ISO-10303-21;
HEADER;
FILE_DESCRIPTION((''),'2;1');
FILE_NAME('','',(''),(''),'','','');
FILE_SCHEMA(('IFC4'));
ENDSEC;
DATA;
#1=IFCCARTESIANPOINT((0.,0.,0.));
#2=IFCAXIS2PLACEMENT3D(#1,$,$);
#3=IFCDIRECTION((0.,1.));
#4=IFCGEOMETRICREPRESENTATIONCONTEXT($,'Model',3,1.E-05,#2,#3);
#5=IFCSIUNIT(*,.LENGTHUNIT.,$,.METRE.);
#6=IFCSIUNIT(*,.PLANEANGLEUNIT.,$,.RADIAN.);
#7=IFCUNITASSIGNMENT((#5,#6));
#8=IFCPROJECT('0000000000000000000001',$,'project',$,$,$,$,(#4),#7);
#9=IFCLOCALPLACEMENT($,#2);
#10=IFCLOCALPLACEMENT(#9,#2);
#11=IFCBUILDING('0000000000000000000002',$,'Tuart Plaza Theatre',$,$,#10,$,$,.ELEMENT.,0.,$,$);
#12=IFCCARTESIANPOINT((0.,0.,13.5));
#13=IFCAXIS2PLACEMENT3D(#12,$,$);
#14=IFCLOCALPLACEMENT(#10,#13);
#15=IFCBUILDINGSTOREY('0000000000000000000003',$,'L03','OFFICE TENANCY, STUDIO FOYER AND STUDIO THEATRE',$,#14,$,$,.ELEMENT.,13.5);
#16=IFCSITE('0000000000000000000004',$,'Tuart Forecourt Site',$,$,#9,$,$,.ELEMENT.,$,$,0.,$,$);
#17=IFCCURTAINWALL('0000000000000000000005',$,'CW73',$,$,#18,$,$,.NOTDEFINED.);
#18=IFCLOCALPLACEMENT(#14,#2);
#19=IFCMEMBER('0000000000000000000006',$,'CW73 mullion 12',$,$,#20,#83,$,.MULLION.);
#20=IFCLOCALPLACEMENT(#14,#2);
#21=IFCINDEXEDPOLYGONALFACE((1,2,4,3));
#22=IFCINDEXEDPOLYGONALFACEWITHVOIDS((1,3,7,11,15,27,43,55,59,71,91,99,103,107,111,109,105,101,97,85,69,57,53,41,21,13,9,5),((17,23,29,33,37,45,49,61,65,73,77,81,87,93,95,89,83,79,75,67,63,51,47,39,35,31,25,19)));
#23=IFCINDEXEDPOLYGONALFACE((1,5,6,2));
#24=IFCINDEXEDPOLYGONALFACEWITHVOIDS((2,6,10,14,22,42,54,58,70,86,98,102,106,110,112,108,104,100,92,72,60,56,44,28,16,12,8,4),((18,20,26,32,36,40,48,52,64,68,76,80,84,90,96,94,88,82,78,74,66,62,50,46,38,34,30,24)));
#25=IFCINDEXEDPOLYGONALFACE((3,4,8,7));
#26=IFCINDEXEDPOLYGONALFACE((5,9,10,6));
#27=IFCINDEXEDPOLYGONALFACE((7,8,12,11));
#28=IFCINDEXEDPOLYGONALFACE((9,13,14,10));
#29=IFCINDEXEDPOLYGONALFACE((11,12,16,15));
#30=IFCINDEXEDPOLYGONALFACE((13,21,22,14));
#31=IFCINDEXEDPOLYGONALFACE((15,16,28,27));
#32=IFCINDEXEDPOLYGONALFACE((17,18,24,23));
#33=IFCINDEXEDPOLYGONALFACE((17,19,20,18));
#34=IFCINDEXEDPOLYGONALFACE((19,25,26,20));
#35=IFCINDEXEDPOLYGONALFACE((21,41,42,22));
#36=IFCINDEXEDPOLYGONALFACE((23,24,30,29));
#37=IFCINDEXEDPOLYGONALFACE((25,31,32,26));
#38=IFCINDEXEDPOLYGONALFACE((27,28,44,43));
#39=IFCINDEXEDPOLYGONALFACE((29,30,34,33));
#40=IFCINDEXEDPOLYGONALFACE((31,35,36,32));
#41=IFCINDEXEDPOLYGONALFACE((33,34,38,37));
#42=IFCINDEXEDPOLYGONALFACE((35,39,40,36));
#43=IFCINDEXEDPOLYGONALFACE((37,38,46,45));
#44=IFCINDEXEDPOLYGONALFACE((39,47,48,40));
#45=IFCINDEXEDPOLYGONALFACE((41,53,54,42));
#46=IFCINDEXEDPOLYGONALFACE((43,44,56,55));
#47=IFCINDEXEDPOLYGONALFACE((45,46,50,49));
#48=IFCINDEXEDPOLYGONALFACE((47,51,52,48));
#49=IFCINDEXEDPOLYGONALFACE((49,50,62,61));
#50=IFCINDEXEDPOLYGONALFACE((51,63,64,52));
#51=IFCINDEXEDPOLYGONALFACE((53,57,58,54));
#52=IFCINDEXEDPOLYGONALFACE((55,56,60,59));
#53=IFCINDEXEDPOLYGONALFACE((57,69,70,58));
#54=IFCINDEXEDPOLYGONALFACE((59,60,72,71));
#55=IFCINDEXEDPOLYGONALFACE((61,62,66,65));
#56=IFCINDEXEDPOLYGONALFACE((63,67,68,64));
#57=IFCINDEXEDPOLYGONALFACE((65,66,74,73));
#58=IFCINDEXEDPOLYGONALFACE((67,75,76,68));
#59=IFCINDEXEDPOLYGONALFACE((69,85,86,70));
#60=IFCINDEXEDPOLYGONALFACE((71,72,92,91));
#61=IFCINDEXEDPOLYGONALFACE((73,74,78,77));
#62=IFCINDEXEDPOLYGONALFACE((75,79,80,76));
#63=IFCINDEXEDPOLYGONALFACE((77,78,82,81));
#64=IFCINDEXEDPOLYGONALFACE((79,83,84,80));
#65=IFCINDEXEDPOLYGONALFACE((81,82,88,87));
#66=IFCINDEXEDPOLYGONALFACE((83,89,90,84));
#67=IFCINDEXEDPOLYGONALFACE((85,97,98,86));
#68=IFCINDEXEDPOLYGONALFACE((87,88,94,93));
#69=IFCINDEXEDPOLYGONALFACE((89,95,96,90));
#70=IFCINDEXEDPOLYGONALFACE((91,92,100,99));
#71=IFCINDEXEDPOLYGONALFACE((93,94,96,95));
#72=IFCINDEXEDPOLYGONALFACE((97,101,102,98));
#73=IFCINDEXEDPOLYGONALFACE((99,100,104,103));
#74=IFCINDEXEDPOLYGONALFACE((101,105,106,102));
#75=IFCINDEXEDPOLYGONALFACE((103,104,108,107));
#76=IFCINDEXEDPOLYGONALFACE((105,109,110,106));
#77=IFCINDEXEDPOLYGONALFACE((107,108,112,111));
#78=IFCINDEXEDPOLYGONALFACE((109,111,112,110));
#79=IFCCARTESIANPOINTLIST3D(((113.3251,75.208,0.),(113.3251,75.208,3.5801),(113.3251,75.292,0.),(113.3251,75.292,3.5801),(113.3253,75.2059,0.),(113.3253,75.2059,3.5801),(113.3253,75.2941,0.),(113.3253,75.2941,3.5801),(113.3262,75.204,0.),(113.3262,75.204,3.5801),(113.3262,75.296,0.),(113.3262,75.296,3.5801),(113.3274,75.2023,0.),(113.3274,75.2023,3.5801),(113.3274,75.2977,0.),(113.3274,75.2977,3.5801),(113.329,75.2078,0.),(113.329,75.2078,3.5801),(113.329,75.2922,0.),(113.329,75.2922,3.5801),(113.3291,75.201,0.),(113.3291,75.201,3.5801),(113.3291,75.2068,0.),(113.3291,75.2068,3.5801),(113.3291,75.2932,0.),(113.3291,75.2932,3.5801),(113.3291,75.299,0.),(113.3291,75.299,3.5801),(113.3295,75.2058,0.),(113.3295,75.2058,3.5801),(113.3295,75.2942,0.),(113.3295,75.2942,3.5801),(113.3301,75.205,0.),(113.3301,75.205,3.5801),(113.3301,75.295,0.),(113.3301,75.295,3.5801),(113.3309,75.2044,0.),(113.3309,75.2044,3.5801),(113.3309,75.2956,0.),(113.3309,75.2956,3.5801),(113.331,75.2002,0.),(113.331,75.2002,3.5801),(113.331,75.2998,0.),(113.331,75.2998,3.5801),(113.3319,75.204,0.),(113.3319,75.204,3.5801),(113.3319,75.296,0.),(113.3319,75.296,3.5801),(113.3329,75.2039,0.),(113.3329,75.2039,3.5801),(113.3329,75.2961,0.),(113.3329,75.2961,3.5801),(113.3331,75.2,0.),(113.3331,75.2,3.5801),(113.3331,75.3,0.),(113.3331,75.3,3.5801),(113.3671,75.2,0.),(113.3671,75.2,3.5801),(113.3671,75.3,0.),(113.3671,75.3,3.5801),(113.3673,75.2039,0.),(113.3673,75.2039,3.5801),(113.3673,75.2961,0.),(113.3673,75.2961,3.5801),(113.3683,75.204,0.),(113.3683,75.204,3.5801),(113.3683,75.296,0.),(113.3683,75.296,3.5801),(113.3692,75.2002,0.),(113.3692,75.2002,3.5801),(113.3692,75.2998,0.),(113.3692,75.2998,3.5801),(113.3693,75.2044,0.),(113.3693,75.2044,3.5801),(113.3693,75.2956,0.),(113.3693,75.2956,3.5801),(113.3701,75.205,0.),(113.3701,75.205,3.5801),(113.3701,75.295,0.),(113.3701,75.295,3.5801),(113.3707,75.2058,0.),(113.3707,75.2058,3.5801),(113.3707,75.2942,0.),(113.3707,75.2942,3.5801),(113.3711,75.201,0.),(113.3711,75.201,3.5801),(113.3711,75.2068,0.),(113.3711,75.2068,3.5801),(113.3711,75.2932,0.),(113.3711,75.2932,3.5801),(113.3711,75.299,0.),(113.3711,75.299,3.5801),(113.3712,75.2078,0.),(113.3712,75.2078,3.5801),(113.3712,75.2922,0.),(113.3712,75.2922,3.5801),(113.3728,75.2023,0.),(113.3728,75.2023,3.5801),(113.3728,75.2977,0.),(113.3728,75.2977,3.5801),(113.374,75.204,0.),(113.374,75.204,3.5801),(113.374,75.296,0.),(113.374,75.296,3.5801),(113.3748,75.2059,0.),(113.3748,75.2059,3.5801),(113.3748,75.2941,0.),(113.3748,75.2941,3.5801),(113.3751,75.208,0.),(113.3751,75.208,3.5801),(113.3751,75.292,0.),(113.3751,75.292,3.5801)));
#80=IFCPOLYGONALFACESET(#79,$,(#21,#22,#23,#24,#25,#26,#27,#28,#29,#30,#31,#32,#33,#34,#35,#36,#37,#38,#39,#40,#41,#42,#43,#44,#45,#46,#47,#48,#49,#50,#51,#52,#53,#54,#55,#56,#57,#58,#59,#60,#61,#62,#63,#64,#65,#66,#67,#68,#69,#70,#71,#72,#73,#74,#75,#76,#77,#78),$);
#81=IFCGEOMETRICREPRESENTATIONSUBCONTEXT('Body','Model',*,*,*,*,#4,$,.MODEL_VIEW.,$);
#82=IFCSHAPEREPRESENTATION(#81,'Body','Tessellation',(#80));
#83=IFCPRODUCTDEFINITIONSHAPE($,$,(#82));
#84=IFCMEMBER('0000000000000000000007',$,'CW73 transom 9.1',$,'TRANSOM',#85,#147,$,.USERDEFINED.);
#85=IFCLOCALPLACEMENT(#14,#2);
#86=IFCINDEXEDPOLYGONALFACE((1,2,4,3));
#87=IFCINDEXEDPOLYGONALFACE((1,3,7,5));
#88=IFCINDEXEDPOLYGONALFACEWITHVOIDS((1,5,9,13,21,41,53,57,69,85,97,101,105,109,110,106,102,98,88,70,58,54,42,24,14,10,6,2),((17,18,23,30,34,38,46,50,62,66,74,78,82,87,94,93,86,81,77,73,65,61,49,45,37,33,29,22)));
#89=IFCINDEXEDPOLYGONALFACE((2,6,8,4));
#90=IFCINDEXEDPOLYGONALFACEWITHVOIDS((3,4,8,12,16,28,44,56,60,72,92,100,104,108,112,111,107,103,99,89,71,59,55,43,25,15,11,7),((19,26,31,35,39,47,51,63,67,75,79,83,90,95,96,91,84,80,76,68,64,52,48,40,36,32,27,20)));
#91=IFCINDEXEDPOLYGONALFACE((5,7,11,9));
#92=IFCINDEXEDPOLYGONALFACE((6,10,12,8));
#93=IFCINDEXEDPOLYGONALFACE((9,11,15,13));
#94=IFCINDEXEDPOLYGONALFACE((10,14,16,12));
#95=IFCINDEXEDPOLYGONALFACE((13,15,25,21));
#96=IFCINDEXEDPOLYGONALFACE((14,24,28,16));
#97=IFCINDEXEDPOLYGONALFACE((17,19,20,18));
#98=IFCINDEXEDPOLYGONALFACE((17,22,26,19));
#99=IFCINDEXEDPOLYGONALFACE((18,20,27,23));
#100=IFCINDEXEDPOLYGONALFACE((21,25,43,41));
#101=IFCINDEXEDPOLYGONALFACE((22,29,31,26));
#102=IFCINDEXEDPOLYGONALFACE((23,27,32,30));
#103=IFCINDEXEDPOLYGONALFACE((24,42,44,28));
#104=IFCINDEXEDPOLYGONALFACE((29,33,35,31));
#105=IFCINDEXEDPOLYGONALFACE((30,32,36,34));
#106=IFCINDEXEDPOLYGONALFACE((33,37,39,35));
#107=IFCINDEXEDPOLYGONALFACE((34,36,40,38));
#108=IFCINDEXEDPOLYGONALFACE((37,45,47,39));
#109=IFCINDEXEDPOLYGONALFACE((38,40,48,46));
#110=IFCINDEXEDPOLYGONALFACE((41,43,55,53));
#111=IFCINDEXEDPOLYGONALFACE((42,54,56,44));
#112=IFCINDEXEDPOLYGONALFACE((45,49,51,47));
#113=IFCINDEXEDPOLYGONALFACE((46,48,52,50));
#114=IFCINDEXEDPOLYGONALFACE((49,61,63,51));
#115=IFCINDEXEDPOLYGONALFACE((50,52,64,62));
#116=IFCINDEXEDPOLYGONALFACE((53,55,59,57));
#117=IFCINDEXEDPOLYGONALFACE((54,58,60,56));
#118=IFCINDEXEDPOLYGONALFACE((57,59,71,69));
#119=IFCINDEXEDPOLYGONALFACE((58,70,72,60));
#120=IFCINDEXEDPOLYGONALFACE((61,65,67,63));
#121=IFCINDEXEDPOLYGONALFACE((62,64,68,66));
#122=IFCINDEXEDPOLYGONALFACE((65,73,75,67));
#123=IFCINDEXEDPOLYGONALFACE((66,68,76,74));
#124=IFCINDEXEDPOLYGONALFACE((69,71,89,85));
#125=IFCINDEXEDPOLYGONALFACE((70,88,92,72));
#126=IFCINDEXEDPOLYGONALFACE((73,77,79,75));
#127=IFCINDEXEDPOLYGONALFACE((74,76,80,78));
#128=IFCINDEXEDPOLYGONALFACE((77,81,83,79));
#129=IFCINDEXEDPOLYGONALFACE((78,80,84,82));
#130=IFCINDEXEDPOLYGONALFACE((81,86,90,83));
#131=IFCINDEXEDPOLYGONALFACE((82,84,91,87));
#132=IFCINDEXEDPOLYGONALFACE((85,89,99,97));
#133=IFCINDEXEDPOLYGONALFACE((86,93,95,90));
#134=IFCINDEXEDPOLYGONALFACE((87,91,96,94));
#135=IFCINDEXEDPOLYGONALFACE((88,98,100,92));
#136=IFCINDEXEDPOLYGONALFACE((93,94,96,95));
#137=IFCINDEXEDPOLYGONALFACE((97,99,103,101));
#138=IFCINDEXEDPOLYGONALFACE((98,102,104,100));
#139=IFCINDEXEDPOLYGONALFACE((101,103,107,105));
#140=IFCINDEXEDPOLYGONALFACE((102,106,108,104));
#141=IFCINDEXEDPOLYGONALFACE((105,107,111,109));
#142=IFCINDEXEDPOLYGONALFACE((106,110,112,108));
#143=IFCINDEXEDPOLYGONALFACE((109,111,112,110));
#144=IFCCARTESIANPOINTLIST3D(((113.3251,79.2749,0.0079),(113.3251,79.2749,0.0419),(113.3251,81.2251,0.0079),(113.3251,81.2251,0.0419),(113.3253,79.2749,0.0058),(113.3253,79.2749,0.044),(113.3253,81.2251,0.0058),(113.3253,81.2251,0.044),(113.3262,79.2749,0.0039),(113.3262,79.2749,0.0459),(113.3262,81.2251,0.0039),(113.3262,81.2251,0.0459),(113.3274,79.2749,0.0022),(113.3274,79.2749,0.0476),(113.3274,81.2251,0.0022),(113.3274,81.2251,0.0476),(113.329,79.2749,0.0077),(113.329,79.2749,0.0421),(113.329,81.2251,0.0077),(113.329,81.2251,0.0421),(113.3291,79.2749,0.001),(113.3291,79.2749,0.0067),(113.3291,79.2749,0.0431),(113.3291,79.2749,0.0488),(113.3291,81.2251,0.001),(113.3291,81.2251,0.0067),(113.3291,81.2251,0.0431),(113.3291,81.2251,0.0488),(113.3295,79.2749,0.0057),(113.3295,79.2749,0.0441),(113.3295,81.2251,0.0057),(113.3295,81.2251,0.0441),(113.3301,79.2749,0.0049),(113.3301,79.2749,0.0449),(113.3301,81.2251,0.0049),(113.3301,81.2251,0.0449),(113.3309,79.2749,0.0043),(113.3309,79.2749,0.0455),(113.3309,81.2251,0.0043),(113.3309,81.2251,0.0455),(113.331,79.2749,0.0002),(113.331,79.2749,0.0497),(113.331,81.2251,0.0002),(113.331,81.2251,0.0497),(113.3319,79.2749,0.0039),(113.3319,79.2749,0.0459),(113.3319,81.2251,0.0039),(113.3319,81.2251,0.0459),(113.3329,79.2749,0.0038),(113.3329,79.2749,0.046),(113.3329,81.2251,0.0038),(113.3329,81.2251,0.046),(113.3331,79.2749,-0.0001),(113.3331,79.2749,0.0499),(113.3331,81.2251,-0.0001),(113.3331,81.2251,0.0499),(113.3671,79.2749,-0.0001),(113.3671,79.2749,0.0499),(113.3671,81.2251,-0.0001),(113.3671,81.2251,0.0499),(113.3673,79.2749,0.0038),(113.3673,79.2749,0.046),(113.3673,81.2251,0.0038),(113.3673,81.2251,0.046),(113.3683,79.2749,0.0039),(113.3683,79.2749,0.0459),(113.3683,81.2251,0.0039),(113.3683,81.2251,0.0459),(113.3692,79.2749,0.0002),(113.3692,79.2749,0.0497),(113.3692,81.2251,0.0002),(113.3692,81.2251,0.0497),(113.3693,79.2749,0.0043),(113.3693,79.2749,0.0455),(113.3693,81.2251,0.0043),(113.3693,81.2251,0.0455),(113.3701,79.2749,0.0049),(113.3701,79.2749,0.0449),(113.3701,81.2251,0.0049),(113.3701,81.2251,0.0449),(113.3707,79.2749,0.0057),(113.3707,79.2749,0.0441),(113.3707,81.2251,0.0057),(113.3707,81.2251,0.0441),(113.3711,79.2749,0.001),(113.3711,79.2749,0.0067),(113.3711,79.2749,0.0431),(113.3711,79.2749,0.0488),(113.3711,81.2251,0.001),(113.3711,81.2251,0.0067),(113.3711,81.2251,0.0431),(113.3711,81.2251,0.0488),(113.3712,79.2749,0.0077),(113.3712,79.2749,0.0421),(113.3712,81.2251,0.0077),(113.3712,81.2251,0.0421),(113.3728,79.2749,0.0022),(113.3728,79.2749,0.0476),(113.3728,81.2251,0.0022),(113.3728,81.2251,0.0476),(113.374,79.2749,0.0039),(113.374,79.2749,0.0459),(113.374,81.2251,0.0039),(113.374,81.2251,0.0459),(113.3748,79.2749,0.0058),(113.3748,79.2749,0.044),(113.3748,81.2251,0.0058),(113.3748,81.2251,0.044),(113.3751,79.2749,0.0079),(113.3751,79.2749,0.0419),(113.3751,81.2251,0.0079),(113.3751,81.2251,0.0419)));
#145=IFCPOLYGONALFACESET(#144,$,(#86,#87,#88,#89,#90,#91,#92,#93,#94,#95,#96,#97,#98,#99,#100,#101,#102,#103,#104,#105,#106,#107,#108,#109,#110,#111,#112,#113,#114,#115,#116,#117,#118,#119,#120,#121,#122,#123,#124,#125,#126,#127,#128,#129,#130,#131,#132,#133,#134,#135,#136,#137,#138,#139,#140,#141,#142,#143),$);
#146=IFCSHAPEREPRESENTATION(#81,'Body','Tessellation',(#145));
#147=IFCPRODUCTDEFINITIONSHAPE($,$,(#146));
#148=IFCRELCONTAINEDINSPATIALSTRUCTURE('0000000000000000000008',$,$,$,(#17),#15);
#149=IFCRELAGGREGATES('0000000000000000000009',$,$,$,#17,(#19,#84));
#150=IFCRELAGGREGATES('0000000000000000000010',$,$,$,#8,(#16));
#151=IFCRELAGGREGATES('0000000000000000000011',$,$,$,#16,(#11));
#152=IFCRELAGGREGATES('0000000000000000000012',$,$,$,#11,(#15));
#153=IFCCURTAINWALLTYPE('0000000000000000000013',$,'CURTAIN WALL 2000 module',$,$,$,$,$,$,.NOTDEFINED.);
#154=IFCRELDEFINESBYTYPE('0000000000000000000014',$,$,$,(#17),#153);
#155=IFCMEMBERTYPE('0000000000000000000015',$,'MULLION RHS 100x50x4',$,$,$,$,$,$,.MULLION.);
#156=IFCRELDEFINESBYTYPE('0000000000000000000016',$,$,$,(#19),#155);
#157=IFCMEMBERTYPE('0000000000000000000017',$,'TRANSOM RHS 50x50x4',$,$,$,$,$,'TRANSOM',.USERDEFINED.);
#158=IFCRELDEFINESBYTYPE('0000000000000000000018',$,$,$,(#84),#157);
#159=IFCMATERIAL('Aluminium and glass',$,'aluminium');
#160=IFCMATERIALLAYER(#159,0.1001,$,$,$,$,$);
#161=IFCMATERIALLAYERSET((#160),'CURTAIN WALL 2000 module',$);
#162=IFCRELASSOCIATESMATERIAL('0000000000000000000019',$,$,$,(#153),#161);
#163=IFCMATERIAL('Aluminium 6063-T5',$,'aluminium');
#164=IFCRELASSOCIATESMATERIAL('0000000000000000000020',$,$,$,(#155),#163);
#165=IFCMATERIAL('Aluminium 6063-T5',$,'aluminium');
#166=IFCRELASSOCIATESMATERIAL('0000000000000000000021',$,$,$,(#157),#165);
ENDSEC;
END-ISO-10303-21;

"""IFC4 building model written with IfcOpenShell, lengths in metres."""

from ifc_helpers import new_model, si_unit, direction, frame, origin, origin_2d, place, context, subcontext, project, spatial, hollow_rectangle, extrude, material, layer, layer_set, material_profile, profile_set, type_object, element, aggregate, save


model = new_model("IFC4")

# Units and contexts
model_context = context("Model", 3, precision=1e-05, world=origin(), true_north=direction((0.0, 1.0)))
body_context = subcontext(model_context, "Body", "Model", "MODEL_VIEW")
ifc_project = project(units=[si_unit("LENGTHUNIT", "METRE"), si_unit("PLANEANGLEUNIT", "RADIAN")], contexts=[model_context])

# Site, building, storey
site_placement = place(None, origin())
site = spatial("IfcSite", under=ifc_project, at=site_placement, Name="Tuart Forecourt Site", CompositionType="ELEMENT", RefElevation=0.0)
building_placement = place(site_placement, origin())
building = spatial("IfcBuilding", under=site, at=building_placement, Name="Tuart Plaza Theatre", CompositionType="ELEMENT", ElevationOfRefHeight=0.0)
storey_placement = place(building_placement, frame((0.0, 0.0, 13.5)))
storey = spatial("IfcBuildingStorey", under=building, at=storey_placement, Name="L03", Description="OFFICE TENANCY, STUDIO FOYER AND STUDIO THEATRE", CompositionType="ELEMENT", Elevation=13.5)

# Curtain wall, members
ifc_material_1 = material(Name="Aluminium and glass", Category="aluminium")
ifc_layer_1 = layer(ifc_material_1, 0.1001)
ifc_layer_set_1 = layer_set([ifc_layer_1], Name="CURTAIN WALL 2000 module")
curtain_wall_type = type_object("IfcCurtainWallType", Name="CURTAIN WALL 2000 module", PredefinedType="NOTDEFINED", material=ifc_layer_set_1)
curtain_wall_placement = place(storey_placement, origin())
curtain_wall = element("IfcCurtainWall", 1, at=curtain_wall_placement, inside=storey, type_object=curtain_wall_type, Name="CW73", PredefinedType="NOTDEFINED")
ifc_material_2 = material(Name="Aluminium 6063-T5", Category="aluminium")
ifc_material_profile_1 = material_profile(ifc_material_2, hollow_rectangle(XDim=0.05, YDim=0.1001, WallThickness=0.0039, InnerFilletRadius=0.0039, OuterFilletRadius=0.0081, at=origin_2d()), Name="RHS 100x50x4")
ifc_profile_set_1 = profile_set([ifc_material_profile_1], Name="Aluminium 6063-T5")
member_type_1 = type_object("IfcMemberType", Name="MULLION RHS 100x50x4", PredefinedType="MULLION", material=ifc_profile_set_1)
member_1_placement = place(storey_placement, frame((113.3501, 75.25, 0.0), z_axis=(0.0, 0.0, 1.0), x_axis=(1.0, 0.0, 0.0)))
member_1 = element("IfcMember", 2, at=member_1_placement, type_object=member_type_1, Name="CW73 mullion 12", PredefinedType="MULLION", context=body_context, shape_type="SweptSolid", body=[
    extrude(hollow_rectangle(XDim=0.05, YDim=0.1001, WallThickness=0.0039, InnerFilletRadius=0.0039, OuterFilletRadius=0.0081, at=origin_2d()), origin(), (0.0, 0.0, 1.0), 3.5801),
])
ifc_material_3 = material(Name="Aluminium 6063-T5", Category="aluminium")
ifc_material_profile_2 = material_profile(ifc_material_3, hollow_rectangle(XDim=0.05, YDim=0.05, WallThickness=0.0039, InnerFilletRadius=0.0039, OuterFilletRadius=0.0081, at=origin_2d()), Name="RHS 50x50x4")
ifc_profile_set_2 = profile_set([ifc_material_profile_2], Name="Aluminium 6063-T5")
member_type_2 = type_object("IfcMemberType", Name="TRANSOM RHS 50x50x4", ElementType="TRANSOM", PredefinedType="USERDEFINED", material=ifc_profile_set_2)
member_2_placement = place(storey_placement, frame((113.3501, 81.2251, 0.0249), z_axis=(0.0, -1.0, 0.0), x_axis=(1.0, 0.0, 0.0)))
member_2 = element("IfcMember", 3, at=member_2_placement, type_object=member_type_2, Name="CW73 transom 9.1", ObjectType="TRANSOM", PredefinedType="USERDEFINED", context=body_context, shape_type="SweptSolid", body=[
    extrude(hollow_rectangle(XDim=0.05, YDim=0.05, WallThickness=0.0039, InnerFilletRadius=0.0039, OuterFilletRadius=0.0081, at=origin_2d()), origin(), (0.0, 0.0, 1.0), 1.9502),
])
aggregate(curtain_wall, [member_1, member_2])

save(model, "model.ifc")
